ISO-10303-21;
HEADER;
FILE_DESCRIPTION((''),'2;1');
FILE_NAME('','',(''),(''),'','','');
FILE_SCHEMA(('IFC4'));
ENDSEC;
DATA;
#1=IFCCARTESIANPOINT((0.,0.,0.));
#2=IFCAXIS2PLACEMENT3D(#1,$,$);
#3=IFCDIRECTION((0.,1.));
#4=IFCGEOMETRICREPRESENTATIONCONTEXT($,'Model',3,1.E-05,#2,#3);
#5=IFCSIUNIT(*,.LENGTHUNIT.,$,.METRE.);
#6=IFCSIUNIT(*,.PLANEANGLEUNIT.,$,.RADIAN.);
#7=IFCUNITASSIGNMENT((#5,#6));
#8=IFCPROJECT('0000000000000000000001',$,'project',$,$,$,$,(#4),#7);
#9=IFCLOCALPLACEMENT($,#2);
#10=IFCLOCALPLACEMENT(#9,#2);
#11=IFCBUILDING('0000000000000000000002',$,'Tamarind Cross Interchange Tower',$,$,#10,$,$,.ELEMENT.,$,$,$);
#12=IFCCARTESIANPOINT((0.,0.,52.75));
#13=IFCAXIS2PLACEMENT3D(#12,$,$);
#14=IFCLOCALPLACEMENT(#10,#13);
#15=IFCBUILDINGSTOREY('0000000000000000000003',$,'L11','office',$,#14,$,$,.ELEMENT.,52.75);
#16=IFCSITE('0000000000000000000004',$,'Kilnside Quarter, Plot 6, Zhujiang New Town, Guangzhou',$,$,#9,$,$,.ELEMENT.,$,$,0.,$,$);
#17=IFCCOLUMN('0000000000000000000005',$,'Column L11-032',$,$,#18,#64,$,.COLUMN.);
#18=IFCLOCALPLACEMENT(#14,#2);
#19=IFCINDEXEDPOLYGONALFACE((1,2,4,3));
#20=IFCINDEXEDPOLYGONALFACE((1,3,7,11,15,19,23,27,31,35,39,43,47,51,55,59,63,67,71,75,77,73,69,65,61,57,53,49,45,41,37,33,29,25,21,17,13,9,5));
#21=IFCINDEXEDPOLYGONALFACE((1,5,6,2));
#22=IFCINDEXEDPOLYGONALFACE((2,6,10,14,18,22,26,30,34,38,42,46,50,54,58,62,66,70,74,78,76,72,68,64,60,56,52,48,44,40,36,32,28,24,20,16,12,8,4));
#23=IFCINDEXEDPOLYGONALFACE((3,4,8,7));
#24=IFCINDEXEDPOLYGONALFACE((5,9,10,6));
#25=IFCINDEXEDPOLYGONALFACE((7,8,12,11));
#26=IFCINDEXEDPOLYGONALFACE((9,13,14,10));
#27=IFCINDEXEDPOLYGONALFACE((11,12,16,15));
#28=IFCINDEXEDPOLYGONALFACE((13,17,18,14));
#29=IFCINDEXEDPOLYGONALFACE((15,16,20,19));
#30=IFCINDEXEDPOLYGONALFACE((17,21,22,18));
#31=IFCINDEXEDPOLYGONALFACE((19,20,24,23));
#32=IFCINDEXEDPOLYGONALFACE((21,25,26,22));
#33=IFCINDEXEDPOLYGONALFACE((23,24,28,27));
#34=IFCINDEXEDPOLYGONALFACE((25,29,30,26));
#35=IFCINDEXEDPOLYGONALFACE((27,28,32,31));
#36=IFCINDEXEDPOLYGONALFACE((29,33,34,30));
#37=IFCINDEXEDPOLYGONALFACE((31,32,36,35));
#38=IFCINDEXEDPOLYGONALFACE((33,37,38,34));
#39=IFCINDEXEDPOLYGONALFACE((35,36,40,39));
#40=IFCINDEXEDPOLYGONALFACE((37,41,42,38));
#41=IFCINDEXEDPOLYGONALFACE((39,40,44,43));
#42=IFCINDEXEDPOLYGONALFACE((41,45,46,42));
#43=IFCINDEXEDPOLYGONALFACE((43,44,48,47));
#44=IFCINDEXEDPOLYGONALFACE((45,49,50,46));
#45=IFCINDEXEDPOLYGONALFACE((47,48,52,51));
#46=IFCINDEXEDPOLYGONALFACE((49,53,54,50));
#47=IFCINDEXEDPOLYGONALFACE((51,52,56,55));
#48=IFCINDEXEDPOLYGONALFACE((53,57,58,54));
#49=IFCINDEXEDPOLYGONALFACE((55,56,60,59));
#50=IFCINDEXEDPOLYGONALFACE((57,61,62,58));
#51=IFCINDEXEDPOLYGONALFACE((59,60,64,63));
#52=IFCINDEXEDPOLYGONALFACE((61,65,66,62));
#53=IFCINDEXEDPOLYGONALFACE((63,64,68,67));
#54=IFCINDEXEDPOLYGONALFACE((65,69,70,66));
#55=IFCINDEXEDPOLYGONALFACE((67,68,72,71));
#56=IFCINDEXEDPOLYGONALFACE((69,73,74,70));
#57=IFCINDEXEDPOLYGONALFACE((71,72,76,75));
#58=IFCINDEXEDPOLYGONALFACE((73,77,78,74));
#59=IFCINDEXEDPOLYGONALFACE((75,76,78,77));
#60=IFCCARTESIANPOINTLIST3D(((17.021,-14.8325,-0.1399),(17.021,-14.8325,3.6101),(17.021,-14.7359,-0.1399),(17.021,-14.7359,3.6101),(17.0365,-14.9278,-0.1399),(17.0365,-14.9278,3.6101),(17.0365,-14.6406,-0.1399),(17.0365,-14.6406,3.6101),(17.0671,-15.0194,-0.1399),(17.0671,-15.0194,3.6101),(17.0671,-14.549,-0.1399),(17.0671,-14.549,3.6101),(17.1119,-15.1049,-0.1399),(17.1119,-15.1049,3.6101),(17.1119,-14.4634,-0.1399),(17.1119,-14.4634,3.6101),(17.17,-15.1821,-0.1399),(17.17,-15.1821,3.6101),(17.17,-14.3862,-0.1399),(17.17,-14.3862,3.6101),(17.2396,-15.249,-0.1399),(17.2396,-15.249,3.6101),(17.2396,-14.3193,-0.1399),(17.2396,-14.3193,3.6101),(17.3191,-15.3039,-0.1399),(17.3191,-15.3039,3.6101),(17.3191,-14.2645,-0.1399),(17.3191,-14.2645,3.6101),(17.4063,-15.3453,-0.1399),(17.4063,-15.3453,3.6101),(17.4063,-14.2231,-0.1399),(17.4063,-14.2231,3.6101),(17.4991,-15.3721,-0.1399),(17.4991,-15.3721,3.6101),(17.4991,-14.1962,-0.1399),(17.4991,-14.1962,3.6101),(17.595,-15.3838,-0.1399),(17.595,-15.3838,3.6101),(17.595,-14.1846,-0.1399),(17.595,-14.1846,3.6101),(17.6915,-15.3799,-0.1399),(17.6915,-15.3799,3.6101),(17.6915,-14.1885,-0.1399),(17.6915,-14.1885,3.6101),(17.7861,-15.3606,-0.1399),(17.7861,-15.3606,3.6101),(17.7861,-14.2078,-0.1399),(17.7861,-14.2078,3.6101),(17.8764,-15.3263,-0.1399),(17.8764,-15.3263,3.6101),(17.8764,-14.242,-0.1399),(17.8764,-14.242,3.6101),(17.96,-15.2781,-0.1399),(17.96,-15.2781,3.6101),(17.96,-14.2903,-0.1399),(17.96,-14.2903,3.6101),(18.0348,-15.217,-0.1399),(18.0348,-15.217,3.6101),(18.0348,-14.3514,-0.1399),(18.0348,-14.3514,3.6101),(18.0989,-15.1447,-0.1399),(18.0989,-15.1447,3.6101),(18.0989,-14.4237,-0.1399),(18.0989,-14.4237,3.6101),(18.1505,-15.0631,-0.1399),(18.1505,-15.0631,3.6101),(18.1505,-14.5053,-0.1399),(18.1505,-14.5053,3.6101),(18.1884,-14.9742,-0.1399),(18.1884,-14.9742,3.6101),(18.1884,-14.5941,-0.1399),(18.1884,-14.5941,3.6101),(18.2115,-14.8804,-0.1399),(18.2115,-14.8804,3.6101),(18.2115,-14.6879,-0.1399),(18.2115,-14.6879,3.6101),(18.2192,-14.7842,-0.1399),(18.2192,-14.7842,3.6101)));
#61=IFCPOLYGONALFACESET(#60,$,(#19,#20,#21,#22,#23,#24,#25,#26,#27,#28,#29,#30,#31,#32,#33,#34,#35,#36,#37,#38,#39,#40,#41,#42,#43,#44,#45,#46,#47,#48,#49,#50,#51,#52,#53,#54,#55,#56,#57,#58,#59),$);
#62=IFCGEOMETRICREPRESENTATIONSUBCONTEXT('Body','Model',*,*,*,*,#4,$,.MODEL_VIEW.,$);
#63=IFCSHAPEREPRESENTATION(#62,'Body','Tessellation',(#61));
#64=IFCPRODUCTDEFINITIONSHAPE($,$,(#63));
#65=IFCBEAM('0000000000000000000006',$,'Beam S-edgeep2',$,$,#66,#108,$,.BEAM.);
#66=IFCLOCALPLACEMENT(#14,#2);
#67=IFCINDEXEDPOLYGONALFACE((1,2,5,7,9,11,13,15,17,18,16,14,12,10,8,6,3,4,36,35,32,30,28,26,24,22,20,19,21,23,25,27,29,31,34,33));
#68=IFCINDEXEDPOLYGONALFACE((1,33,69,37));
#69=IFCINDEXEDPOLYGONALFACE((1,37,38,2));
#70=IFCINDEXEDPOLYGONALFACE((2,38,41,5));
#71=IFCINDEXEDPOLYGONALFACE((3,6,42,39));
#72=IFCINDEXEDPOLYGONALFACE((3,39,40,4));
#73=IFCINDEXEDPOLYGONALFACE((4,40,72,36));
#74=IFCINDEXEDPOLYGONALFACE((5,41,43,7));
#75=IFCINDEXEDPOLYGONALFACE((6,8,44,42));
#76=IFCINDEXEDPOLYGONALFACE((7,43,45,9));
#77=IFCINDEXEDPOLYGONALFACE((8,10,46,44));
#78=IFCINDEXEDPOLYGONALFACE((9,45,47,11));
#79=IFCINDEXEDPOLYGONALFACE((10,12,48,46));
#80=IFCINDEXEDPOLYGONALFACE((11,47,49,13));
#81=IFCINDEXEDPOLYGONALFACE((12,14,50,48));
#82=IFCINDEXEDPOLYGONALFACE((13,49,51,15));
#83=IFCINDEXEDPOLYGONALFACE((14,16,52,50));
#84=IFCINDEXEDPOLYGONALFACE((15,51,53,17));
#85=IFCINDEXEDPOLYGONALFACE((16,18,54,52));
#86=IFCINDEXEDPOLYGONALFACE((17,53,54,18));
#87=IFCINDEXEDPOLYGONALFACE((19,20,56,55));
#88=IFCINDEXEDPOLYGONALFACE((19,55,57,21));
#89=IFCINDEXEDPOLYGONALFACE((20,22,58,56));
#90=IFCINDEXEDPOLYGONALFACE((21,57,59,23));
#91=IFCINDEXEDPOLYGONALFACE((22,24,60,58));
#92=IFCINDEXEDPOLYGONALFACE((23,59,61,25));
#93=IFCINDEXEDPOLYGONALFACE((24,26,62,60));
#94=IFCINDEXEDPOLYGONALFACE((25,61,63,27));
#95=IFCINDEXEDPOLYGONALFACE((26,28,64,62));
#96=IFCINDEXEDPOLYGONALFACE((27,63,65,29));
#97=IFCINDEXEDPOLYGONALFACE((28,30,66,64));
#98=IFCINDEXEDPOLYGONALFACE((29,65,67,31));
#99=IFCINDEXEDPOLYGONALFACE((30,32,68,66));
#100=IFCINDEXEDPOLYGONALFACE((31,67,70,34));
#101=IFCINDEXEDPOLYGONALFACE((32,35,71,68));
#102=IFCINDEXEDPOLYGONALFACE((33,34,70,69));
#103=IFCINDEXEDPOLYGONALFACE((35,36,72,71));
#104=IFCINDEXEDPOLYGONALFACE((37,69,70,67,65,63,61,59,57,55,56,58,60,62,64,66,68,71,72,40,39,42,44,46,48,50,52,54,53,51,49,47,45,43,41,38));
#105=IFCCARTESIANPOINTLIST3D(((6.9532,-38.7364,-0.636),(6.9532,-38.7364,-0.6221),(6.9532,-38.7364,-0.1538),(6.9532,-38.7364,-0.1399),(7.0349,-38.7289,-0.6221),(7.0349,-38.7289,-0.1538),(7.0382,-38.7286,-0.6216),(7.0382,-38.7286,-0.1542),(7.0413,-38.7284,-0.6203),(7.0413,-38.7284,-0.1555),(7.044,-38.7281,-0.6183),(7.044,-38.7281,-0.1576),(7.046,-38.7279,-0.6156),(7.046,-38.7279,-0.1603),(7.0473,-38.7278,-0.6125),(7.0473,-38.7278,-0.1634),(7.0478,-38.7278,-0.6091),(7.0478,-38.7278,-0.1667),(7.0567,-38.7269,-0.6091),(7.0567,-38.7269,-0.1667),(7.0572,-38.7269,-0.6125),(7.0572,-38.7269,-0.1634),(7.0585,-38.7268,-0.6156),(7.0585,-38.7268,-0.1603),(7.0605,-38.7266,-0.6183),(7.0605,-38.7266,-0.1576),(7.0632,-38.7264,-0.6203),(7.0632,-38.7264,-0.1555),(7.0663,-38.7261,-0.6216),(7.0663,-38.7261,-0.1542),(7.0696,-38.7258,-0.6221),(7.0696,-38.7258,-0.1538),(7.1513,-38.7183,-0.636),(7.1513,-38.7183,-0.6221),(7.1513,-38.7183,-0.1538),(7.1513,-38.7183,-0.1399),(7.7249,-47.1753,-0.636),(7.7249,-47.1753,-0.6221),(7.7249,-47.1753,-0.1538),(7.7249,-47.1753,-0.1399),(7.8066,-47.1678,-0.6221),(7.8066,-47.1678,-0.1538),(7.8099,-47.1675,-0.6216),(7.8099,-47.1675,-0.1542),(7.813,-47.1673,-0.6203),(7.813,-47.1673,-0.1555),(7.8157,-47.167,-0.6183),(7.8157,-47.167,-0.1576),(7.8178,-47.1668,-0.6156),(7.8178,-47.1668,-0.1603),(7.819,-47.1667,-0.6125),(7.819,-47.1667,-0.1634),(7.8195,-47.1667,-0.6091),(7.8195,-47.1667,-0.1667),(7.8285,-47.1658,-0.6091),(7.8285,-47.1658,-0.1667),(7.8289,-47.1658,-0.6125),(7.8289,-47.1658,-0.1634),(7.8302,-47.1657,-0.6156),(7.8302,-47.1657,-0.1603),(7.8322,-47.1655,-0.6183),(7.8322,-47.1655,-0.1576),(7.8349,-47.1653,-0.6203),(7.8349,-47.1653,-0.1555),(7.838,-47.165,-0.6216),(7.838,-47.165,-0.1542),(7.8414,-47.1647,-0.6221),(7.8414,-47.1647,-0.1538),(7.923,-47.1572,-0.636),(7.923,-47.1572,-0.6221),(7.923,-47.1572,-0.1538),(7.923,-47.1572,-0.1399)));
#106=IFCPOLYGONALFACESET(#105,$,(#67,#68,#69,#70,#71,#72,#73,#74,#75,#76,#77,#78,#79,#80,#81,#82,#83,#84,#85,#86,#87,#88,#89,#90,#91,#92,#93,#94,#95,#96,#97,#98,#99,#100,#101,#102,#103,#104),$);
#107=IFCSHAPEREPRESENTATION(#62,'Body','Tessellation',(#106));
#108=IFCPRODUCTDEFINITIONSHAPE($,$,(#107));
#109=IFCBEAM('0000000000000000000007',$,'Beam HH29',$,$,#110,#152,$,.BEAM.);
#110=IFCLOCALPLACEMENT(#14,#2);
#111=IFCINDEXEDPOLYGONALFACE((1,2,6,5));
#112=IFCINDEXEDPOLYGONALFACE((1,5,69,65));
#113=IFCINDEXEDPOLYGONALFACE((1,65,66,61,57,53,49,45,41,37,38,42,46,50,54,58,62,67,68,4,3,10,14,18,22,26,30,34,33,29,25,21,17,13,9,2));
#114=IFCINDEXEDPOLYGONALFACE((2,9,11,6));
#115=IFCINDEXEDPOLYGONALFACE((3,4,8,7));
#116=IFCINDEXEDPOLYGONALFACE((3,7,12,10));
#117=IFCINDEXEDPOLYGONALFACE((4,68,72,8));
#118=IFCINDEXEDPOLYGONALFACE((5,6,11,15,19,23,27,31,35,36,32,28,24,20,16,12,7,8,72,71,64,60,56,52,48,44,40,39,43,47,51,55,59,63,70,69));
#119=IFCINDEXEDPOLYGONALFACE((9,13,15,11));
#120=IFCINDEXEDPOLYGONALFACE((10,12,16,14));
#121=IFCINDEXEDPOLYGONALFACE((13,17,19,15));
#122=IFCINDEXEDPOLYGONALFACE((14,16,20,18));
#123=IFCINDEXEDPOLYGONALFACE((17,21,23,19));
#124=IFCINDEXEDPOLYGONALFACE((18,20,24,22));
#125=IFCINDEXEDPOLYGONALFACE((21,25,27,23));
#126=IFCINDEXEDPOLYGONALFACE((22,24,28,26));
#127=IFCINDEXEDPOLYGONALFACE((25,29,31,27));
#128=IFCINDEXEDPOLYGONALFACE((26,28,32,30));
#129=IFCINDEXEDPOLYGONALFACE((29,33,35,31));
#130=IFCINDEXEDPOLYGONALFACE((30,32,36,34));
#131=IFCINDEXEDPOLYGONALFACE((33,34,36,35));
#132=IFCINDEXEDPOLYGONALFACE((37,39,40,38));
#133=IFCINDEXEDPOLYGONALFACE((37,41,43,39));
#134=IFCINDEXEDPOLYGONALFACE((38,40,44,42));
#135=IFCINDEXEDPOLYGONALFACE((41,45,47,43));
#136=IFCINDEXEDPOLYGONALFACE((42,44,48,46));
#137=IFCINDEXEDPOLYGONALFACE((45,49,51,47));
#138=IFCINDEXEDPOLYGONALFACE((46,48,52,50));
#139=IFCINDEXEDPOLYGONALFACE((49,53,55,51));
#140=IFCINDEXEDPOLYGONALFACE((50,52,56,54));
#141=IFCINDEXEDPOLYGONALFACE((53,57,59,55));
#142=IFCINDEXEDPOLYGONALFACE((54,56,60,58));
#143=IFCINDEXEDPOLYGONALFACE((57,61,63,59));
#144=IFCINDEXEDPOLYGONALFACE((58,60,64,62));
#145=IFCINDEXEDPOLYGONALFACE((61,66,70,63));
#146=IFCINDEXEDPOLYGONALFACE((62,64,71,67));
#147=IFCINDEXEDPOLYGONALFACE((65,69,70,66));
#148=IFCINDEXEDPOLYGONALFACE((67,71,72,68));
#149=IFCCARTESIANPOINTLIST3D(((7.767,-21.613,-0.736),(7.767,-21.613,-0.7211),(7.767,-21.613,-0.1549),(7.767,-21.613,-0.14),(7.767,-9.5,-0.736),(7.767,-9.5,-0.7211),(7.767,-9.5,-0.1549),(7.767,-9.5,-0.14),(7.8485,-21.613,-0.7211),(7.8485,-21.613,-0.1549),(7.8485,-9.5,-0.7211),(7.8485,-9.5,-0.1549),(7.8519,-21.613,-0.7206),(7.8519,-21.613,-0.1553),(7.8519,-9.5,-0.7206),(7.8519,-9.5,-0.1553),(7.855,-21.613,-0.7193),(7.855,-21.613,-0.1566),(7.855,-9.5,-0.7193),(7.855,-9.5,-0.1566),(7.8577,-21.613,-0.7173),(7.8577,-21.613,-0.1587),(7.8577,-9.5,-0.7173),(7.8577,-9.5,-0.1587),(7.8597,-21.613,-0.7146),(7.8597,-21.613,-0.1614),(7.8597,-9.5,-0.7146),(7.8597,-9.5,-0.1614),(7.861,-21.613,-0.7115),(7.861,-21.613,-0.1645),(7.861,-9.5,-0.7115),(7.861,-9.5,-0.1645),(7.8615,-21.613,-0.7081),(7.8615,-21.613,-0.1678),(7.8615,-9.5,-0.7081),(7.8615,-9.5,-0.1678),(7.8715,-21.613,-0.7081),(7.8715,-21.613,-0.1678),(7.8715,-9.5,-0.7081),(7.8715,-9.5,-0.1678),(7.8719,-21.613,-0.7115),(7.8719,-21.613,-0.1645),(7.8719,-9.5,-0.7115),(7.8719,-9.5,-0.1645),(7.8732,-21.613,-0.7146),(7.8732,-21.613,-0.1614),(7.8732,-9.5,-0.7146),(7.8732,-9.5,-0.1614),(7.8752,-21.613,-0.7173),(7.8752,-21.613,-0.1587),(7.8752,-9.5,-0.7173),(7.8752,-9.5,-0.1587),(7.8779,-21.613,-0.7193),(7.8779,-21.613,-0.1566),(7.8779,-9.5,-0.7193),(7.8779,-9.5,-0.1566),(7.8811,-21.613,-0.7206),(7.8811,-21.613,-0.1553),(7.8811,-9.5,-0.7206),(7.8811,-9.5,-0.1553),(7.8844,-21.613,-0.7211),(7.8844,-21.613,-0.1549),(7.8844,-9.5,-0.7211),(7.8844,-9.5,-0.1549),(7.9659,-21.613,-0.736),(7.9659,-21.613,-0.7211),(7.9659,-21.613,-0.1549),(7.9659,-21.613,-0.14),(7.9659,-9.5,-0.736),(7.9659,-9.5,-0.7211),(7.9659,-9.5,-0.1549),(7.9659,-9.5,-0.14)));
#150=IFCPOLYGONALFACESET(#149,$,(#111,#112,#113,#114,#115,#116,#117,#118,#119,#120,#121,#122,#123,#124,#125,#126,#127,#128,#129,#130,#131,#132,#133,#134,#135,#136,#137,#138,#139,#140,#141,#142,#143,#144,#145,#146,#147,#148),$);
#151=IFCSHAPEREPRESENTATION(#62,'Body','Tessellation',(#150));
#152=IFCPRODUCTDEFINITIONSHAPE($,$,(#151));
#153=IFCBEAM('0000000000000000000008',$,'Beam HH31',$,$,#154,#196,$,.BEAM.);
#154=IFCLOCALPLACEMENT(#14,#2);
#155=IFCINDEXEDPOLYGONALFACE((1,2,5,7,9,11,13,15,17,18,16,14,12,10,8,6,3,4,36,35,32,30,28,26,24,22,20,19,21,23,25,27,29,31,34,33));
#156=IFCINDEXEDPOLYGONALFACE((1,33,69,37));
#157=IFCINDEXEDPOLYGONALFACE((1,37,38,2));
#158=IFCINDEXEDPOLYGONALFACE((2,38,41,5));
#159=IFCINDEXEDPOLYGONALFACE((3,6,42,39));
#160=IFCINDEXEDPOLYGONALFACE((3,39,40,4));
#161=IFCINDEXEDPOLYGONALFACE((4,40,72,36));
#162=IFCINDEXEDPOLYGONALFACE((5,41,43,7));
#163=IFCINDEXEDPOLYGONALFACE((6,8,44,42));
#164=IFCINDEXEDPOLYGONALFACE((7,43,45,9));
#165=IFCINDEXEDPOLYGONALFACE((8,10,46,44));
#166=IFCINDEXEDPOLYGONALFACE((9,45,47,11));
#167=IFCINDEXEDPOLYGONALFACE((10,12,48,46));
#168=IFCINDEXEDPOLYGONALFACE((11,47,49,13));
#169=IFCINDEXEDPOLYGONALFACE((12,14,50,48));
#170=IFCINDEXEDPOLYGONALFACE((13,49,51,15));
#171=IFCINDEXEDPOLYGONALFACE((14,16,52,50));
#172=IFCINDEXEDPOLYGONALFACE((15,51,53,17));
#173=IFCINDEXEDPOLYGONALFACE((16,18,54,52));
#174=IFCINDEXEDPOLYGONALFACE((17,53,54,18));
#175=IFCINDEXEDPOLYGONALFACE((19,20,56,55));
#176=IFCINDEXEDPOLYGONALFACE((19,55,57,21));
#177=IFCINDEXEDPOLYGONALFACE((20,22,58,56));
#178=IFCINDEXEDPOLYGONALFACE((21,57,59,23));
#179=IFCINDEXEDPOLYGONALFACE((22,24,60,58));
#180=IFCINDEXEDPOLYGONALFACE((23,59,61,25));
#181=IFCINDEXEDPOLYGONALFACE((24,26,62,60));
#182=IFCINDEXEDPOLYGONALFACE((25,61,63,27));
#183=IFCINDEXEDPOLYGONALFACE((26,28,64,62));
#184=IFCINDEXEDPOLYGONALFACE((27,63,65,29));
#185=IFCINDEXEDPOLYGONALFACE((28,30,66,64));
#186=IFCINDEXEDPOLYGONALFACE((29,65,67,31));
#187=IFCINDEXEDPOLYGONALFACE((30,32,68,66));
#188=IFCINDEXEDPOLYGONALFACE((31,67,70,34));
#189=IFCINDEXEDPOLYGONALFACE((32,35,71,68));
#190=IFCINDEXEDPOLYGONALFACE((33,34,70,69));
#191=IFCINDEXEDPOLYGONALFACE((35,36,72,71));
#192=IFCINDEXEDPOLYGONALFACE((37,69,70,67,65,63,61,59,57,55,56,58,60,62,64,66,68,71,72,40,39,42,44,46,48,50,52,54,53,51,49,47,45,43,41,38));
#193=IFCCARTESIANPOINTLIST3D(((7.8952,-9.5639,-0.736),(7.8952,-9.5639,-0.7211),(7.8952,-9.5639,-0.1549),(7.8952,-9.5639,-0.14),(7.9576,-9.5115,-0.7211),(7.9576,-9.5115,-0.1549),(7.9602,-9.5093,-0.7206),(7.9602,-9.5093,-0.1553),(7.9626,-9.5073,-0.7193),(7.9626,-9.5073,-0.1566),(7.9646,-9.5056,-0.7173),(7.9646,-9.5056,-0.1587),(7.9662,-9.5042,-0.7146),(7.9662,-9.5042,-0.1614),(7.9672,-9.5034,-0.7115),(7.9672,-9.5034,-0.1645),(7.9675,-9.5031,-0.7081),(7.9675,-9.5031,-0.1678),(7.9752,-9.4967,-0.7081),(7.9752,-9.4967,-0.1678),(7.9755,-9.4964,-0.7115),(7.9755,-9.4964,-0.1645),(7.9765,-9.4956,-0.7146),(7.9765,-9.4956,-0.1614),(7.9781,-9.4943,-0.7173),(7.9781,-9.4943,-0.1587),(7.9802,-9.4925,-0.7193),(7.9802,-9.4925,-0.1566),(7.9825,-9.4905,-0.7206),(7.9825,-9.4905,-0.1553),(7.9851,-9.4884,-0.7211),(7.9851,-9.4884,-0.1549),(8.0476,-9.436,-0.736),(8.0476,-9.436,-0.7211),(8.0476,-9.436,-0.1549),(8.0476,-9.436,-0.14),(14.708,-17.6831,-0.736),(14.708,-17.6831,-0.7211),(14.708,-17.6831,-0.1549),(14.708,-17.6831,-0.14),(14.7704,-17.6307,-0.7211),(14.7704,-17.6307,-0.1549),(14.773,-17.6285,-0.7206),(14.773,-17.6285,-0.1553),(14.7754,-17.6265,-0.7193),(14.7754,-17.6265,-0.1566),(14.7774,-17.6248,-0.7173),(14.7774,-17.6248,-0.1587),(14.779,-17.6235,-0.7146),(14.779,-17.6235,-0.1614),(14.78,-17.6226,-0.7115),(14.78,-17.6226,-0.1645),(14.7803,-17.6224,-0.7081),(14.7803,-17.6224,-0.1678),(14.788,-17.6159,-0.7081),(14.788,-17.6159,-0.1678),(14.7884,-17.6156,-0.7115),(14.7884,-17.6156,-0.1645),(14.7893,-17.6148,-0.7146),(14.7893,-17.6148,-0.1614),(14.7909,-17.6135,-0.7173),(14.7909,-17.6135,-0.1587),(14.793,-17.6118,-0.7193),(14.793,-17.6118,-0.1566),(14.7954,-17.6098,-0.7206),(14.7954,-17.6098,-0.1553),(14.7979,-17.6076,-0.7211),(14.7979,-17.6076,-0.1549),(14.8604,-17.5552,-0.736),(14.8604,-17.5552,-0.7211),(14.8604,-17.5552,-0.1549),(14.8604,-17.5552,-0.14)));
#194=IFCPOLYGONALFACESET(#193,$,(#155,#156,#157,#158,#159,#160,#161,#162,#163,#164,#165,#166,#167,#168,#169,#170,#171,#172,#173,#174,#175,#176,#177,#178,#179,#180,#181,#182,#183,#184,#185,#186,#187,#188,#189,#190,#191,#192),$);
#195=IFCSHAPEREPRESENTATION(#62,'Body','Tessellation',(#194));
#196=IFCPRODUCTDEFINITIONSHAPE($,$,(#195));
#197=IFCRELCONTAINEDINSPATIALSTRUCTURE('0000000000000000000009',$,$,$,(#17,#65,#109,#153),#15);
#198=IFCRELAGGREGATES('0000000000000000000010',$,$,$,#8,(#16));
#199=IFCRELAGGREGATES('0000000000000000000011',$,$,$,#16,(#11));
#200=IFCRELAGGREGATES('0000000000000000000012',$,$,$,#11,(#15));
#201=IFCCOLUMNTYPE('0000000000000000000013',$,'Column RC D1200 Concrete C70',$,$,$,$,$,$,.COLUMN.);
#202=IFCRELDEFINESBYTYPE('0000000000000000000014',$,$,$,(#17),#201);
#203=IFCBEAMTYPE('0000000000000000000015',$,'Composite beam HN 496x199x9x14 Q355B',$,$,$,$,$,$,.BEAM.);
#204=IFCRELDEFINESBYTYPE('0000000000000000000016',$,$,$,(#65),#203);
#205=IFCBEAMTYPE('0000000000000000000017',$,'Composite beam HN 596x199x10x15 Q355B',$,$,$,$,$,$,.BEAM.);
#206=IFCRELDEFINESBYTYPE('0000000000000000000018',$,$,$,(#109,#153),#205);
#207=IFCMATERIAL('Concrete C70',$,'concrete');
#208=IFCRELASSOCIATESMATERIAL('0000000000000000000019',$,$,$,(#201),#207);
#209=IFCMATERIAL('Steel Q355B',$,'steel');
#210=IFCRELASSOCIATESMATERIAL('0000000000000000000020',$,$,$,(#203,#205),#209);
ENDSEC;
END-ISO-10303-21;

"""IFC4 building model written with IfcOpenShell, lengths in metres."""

from ifc_helpers import new_model, si_unit, direction, frame, origin, origin_2d, place, context, subcontext, project, spatial, circle, i_section, extrude, material, material_profile, profile_set, type_object, element, save


model = new_model("IFC4")

# Units and contexts
model_context = context("Model", 3, precision=1e-05, world=origin(), true_north=direction((0.0, 1.0)))
body_context = subcontext(model_context, "Body", "Model", "MODEL_VIEW")
ifc_project = project(units=[si_unit("LENGTHUNIT", "METRE"), si_unit("PLANEANGLEUNIT", "RADIAN")], contexts=[model_context])

# Site, building, storey
site_placement = place(None, origin())
site = spatial("IfcSite", under=ifc_project, at=site_placement, Name="Kilnside Quarter, Plot 6, Zhujiang New Town, Guangzhou", CompositionType="ELEMENT", RefElevation=0.0)
building_placement = place(site_placement, origin())
building = spatial("IfcBuilding", under=site, at=building_placement, Name="Tamarind Cross Interchange Tower", CompositionType="ELEMENT")
storey_placement = place(building_placement, frame((0.0, 0.0, 52.75)))
storey = spatial("IfcBuildingStorey", under=building, at=storey_placement, Name="L11", Description="office", CompositionType="ELEMENT", Elevation=52.75)

# Column
ifc_material_1 = material(Name="Concrete C70", Category="concrete")
ifc_material_profile_1 = material_profile(ifc_material_1, circle(Radius=0.6001, at=origin_2d()), Name="RC D1200")
ifc_profile_set_1 = profile_set([ifc_material_profile_1], Name="Concrete C70")
column_type_1 = type_object("IfcColumnType", Name="Column RC D1200 Concrete C70", PredefinedType="COLUMN", material=ifc_profile_set_1)
for number, where, z_axis, x_axis, name in (
    (1, (17.6191, -14.7842, -0.1399), (0.0, 0.0, 1.0), (1.0, 0.0, 0.0), "Column L11-032"),
):
    element("IfcColumn", number, at=place(storey_placement, frame(where, z_axis=z_axis, x_axis=x_axis)), inside=storey, type_object=column_type_1, Name=name, PredefinedType="COLUMN", context=body_context, shape_type="SweptSolid", body=[
        extrude(circle(Radius=0.6001, at=origin_2d()), origin(), (0.0, 0.0, 1.0), 3.75),
    ])

# Beams
ifc_material_2 = material(Name="Steel Q355B", Category="steel")
ifc_material_profile_2 = material_profile(ifc_material_2, i_section(OverallWidth=0.199, OverallDepth=0.4961, WebThickness=0.009, FlangeThickness=0.0139, FilletRadius=0.0129, at=origin_2d()), Name="HN 496x199x9x14")
ifc_profile_set_2 = profile_set([ifc_material_profile_2], Name="Steel Q355B")
beam_type_1 = type_object("IfcBeamType", Name="Composite beam HN 496x199x9x14 Q355B", PredefinedType="BEAM", material=ifc_profile_set_2)
beam_1_placement = place(storey_placement, frame((7.824, -47.1663, -0.3879), z_axis=(-0.091068, 0.995845, 0.0), x_axis=(-0.995845, -0.091068, 0.0)))
element("IfcBeam", 2, at=beam_1_placement, inside=storey, type_object=beam_type_1, Name="Beam S-edgeep2", PredefinedType="BEAM", context=body_context, shape_type="SweptSolid", body=[
    extrude(i_section(OverallWidth=0.199, OverallDepth=0.4961, WebThickness=0.009, FlangeThickness=0.0139, FilletRadius=0.0129, at=origin_2d()), origin(), (0.0, 0.0, 1.0), 8.4741),
])
ifc_material_profile_3 = material_profile(ifc_material_2, i_section(OverallWidth=0.199, OverallDepth=0.5959, WebThickness=0.01, FlangeThickness=0.0149, FilletRadius=0.0129, at=origin_2d()), Name="HN 596x199x10x15")
ifc_profile_set_3 = profile_set([ifc_material_profile_3], Name="Steel Q355B")
beam_type_2 = type_object("IfcBeamType", Name="Composite beam HN 596x199x10x15 Q355B", PredefinedType="BEAM", material=ifc_profile_set_3)
beam_2_placement = place(storey_placement, frame((7.8665, -21.613, -0.438), z_axis=(0.0, 1.0, 0.0), x_axis=(-1.0, 0.0, 0.0)))
element("IfcBeam", 3, at=beam_2_placement, inside=storey, type_object=beam_type_2, Name="Beam HH29", PredefinedType="BEAM", context=body_context, shape_type="SweptSolid", body=[
    extrude(i_section(OverallWidth=0.199, OverallDepth=0.5959, WebThickness=0.01, FlangeThickness=0.0149, FilletRadius=0.0129, at=origin_2d()), origin(), (0.0, 0.0, 1.0), 12.113),
])
beam_3_placement = place(storey_placement, frame((14.7842, -17.6191, -0.438), z_axis=(-0.642786, 0.766046, 0.0), x_axis=(-0.766046, -0.642786, 0.0)))
element("IfcBeam", 4, at=beam_3_placement, inside=storey, type_object=beam_type_2, Name="Beam HH31", PredefinedType="BEAM", context=body_context, shape_type="SweptSolid", body=[
    extrude(i_section(OverallWidth=0.199, OverallDepth=0.5959, WebThickness=0.01, FlangeThickness=0.0149, FilletRadius=0.0129, at=origin_2d()), origin(), (0.0, 0.0, 1.0), 10.5989),
])

save(model, "model.ifc")
